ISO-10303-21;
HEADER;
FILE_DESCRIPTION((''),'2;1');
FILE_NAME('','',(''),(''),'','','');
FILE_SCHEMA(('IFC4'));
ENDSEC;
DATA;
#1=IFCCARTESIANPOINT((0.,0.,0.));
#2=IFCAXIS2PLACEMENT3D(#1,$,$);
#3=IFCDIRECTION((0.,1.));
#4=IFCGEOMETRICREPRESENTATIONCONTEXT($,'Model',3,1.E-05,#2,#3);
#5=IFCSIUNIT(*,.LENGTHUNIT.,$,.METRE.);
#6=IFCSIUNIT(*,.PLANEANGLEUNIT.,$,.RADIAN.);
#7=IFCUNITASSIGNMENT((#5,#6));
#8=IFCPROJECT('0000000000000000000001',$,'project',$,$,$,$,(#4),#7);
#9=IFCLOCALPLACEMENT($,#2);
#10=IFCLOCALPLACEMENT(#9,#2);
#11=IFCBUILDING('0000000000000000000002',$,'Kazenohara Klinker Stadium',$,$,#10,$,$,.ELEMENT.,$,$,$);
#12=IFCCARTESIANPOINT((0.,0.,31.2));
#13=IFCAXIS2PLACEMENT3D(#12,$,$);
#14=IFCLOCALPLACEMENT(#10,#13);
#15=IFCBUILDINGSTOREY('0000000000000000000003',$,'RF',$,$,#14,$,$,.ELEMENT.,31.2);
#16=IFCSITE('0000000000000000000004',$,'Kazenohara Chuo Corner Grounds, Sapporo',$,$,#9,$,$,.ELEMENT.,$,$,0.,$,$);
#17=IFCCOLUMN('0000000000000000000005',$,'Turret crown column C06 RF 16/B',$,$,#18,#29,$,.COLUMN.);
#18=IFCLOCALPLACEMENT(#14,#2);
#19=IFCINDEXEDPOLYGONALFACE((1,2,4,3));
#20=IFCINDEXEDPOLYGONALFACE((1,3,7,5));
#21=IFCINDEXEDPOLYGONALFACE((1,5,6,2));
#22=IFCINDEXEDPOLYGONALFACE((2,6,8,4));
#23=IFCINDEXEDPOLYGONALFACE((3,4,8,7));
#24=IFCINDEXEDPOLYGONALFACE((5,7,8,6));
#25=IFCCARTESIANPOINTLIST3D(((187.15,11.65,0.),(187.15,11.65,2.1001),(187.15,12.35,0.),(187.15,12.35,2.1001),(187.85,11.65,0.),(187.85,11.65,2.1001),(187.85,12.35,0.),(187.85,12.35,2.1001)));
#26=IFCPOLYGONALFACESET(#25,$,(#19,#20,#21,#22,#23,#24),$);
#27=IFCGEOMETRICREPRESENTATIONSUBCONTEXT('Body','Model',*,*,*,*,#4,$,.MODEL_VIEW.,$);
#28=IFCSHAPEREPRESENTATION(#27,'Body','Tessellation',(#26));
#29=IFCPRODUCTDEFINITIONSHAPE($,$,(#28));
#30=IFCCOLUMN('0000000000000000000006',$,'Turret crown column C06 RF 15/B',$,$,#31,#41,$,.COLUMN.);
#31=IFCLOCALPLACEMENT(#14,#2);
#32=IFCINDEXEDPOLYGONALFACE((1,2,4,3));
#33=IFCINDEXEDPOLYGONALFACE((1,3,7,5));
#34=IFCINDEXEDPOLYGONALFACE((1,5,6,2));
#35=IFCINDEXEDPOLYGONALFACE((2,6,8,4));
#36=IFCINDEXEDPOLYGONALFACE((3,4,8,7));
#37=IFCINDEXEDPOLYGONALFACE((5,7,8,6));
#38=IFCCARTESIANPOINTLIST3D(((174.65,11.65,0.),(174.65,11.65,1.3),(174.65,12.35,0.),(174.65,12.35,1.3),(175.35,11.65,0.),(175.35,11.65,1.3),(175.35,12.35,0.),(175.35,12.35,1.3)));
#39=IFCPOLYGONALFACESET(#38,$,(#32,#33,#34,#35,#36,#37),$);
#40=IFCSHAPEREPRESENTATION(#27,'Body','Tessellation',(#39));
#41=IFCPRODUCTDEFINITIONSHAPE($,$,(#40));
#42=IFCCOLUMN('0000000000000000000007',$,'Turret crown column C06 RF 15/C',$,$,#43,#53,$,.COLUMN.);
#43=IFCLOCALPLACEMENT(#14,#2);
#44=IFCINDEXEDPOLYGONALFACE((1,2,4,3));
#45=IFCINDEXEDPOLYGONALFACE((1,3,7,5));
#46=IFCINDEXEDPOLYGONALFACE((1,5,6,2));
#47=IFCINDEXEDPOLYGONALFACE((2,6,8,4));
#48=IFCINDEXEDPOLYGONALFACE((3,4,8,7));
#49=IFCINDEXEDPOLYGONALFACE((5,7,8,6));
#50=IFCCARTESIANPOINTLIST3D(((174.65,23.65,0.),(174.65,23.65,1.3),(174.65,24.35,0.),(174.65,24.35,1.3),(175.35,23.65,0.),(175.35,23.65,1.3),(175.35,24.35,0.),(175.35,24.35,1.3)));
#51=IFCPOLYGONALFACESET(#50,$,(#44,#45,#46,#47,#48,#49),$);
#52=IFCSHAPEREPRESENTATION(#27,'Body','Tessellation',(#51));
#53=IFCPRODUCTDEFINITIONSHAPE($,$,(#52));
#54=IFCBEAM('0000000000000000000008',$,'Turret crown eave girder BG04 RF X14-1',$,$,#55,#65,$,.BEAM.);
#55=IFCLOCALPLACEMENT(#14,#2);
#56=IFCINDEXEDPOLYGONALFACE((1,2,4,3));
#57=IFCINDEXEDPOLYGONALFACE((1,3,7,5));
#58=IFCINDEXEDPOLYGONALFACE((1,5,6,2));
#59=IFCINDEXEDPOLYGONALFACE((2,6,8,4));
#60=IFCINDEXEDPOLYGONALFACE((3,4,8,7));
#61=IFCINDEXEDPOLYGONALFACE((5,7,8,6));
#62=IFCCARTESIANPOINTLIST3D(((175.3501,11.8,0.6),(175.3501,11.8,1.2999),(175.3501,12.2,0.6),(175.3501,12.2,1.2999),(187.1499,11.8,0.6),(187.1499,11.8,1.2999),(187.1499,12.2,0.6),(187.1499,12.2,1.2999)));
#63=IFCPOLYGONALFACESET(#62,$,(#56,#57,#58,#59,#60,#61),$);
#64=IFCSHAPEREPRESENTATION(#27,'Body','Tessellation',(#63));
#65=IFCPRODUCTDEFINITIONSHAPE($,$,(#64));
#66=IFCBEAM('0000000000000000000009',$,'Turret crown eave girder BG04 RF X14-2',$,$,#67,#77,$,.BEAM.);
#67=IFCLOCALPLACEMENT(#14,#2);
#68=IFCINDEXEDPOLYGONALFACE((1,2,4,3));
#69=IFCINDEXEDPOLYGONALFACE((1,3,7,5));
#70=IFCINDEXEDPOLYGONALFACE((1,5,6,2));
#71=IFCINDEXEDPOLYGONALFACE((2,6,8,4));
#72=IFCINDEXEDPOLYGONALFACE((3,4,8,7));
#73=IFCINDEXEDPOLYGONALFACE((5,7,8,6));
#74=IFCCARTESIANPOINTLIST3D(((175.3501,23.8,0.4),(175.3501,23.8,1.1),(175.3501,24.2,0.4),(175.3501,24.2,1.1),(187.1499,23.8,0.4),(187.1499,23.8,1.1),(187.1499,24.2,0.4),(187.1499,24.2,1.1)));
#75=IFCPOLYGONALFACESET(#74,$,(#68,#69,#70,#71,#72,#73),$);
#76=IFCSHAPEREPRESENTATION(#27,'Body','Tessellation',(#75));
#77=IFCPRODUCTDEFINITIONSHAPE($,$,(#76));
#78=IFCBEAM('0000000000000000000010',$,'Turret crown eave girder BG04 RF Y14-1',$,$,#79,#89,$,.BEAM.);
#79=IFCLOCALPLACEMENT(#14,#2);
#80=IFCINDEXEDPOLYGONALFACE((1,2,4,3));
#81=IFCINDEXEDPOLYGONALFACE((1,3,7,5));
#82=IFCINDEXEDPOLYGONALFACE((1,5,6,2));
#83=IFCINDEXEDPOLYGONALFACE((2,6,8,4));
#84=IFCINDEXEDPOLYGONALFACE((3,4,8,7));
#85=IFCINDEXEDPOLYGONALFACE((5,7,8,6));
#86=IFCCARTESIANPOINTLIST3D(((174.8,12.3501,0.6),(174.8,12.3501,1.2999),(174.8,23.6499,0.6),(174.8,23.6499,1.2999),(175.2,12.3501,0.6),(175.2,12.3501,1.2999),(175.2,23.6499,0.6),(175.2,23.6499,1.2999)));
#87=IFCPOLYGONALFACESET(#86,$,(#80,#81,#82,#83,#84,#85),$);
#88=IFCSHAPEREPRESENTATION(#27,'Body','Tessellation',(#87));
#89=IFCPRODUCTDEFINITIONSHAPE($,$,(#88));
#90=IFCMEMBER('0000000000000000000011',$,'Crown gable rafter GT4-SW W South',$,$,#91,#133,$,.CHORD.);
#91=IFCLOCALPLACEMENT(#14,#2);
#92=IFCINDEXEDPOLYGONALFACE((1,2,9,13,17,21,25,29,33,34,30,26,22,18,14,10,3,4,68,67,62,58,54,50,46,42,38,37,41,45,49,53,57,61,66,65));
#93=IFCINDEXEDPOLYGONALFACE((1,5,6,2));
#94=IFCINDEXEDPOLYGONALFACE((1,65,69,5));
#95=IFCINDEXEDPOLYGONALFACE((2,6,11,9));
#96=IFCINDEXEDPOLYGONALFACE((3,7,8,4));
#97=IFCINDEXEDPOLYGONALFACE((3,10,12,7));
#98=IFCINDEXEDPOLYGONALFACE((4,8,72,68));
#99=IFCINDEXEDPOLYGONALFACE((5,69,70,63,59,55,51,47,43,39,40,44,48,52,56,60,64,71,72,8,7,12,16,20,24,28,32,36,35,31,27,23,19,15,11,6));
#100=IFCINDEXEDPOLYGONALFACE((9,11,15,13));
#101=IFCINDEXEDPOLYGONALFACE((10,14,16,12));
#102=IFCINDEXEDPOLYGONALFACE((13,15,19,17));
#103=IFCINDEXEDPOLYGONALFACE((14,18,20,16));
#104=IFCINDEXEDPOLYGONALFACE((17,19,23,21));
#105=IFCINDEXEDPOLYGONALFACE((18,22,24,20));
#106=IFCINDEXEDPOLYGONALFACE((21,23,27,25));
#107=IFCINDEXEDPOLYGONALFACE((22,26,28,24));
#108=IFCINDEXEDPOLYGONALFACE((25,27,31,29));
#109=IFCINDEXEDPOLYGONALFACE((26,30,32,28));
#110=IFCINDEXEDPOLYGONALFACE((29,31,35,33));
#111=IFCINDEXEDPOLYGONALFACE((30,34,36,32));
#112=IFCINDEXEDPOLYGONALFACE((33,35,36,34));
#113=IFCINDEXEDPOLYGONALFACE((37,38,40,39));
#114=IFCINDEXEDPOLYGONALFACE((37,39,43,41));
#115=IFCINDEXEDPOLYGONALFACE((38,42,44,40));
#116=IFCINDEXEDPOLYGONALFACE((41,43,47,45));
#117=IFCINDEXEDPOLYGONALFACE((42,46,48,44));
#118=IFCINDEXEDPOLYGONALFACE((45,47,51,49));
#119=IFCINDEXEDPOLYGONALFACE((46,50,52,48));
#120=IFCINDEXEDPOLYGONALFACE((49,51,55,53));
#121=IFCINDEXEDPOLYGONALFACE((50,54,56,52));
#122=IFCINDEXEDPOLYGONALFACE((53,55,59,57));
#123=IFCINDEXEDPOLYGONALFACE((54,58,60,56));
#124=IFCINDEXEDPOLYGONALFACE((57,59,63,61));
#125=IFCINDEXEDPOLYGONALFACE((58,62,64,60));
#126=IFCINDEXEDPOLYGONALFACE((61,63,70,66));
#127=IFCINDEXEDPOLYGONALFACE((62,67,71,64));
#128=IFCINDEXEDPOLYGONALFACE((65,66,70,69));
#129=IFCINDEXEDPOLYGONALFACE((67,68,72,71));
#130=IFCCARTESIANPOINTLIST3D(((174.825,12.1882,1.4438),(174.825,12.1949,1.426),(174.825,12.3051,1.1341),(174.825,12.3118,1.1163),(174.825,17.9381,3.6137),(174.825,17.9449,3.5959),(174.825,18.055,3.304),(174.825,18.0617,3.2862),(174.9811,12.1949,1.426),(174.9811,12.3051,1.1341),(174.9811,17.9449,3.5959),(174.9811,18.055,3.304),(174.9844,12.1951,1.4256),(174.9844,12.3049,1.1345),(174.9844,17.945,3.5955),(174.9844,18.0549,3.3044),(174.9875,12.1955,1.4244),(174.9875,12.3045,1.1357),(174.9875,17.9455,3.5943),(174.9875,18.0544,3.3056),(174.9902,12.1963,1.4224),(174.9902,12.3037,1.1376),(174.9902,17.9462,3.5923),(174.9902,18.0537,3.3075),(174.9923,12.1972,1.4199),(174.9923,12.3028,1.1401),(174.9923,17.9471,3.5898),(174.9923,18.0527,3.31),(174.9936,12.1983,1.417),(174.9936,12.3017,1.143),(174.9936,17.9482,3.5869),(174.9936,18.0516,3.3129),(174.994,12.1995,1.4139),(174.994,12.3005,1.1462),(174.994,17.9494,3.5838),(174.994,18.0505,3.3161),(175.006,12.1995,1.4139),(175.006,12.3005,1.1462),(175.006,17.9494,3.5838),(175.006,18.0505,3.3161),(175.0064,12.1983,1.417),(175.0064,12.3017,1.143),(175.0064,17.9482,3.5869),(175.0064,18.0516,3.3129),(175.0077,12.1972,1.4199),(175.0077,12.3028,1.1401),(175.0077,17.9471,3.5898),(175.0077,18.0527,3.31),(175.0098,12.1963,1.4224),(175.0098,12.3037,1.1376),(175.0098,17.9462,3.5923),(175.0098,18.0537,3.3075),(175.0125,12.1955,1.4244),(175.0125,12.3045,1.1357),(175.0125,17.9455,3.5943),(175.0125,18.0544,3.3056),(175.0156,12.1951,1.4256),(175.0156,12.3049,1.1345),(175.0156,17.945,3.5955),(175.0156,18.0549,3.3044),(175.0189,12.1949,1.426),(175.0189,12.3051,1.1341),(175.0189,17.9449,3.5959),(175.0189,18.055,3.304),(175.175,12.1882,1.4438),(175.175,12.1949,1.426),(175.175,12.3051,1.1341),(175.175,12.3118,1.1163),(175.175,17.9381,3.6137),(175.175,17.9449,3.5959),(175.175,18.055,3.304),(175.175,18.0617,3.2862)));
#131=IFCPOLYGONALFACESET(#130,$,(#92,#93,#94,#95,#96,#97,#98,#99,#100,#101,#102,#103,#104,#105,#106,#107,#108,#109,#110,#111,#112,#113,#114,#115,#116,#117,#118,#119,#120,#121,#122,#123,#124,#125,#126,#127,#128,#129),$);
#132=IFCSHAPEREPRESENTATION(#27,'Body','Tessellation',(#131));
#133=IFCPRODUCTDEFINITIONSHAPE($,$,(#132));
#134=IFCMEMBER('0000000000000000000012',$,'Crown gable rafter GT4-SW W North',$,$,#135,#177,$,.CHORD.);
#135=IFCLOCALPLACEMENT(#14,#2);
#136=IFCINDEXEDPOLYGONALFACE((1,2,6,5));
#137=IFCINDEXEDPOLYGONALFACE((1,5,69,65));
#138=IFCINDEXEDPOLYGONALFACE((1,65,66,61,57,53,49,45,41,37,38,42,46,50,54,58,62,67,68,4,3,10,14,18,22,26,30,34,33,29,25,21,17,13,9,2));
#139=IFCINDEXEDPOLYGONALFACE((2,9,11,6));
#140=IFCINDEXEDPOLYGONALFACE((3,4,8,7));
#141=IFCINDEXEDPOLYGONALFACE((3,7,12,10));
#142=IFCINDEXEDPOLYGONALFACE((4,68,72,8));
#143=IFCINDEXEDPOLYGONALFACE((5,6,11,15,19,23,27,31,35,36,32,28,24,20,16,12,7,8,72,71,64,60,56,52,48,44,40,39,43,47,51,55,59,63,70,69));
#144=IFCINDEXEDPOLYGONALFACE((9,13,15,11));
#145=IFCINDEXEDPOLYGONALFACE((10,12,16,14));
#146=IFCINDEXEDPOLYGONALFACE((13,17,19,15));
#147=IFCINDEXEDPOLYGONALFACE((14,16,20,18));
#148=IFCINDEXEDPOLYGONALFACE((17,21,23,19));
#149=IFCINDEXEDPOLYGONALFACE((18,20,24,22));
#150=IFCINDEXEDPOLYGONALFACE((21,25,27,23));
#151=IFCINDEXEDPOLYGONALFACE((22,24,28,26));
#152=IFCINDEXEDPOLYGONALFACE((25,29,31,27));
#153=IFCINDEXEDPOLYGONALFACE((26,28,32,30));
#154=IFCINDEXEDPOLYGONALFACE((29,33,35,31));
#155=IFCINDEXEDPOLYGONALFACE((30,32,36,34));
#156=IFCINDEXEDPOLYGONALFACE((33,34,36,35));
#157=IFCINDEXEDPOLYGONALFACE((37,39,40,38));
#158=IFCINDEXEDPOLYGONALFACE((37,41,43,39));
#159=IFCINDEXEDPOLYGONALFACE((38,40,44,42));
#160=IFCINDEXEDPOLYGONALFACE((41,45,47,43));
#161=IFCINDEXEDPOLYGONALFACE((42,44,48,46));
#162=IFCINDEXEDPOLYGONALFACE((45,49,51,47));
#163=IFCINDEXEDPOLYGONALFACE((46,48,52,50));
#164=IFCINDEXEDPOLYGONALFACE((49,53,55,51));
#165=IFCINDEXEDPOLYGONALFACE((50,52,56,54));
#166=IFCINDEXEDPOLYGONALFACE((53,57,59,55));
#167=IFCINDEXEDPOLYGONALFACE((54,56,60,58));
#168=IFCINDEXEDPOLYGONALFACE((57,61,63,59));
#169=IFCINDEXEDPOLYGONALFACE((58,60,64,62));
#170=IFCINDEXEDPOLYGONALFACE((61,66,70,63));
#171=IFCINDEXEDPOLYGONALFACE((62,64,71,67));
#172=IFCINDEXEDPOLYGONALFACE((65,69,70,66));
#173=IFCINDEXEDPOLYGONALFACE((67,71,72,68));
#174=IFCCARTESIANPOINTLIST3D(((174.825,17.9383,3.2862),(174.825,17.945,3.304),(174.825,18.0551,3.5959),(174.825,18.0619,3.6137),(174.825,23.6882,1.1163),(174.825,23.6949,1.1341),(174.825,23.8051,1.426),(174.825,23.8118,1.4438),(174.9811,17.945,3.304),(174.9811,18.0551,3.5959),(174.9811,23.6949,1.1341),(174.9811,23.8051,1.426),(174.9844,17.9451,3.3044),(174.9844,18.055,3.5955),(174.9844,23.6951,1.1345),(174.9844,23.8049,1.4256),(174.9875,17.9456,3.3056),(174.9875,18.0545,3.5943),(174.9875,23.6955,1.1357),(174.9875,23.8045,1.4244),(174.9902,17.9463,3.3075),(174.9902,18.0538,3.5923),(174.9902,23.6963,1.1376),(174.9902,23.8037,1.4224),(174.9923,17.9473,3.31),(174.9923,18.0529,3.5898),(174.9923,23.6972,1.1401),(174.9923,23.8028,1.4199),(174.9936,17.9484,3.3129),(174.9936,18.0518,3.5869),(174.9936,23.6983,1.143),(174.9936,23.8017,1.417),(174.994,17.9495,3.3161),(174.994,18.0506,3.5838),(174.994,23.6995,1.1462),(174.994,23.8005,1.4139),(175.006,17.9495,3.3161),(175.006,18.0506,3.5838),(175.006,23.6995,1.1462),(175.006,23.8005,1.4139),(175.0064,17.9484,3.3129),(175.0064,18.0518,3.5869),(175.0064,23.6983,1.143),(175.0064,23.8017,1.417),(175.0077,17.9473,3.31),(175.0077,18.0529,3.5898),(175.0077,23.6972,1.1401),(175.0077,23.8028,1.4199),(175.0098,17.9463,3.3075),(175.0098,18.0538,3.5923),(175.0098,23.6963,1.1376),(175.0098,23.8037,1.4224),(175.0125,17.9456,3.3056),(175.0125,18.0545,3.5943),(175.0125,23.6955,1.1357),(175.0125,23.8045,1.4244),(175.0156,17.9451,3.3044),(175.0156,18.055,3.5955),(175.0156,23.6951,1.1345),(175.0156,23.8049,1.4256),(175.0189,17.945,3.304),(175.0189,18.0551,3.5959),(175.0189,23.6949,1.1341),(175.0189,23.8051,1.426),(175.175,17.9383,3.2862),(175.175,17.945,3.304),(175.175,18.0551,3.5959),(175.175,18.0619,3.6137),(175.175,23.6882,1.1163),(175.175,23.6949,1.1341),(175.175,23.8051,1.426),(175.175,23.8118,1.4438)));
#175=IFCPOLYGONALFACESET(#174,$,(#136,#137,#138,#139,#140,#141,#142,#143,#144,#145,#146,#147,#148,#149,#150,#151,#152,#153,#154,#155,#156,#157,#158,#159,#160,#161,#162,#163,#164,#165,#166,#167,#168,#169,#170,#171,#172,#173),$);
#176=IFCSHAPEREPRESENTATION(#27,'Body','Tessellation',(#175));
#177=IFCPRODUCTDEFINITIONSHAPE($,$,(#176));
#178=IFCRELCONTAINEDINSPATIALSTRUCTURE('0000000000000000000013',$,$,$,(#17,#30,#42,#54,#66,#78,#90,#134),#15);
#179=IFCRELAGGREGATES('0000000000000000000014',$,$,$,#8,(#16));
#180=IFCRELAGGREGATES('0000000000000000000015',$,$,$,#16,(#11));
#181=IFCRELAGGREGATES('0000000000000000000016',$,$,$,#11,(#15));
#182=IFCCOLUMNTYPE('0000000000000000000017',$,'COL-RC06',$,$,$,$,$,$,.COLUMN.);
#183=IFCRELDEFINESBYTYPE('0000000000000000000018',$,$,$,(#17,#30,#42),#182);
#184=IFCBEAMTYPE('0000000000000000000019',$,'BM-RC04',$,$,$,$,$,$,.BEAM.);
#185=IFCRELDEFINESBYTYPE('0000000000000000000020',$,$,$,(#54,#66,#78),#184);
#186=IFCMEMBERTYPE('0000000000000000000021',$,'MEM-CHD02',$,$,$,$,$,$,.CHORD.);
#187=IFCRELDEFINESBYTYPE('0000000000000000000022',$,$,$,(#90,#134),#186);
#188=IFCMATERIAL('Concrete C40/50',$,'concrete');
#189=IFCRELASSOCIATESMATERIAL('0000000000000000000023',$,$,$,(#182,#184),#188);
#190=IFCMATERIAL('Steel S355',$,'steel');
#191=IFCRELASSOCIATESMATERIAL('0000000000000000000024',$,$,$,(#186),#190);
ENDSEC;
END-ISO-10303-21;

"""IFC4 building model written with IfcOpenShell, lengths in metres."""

from ifc_helpers import new_model, si_unit, direction, frame, origin, origin_2d, place, context, subcontext, project, spatial, rectangle, i_section, extrude, material, material_profile, profile_set, type_object, element, save


model = new_model("IFC4")

# Units and contexts
model_context = context("Model", 3, precision=1e-05, world=origin(), true_north=direction((0.0, 1.0)))
body_context = subcontext(model_context, "Body", "Model", "MODEL_VIEW")
ifc_project = project(units=[si_unit("LENGTHUNIT", "METRE"), si_unit("PLANEANGLEUNIT", "RADIAN")], contexts=[model_context])

# Site, building, storey
site_placement = place(None, origin())
site = spatial("IfcSite", under=ifc_project, at=site_placement, Name="Kazenohara Chuo Corner Grounds, Sapporo", CompositionType="ELEMENT", RefElevation=0.0)
building_placement = place(site_placement, origin())
building = spatial("IfcBuilding", under=site, at=building_placement, Name="Kazenohara Klinker Stadium", CompositionType="ELEMENT")
storey_placement = place(building_placement, frame((0.0, 0.0, 31.2)))
storey = spatial("IfcBuildingStorey", under=building, at=storey_placement, Name="RF", CompositionType="ELEMENT", Elevation=31.2)

# Columns
ifc_material_1 = material(Name="Concrete C40/50", Category="concrete")
ifc_material_profile_1 = material_profile(ifc_material_1, rectangle(XDim=0.7, YDim=0.7, at=origin_2d()), Name="RC-COL-700x700")
ifc_profile_set_1 = profile_set([ifc_material_profile_1], Name="Concrete C40/50")
column_type = type_object("IfcColumnType", Name="COL-RC06", PredefinedType="COLUMN", material=ifc_profile_set_1)
column_placement = place(storey_placement, frame((187.5, 12.0, 0.0), z_axis=(0.0, 0.0, 1.0), x_axis=(1.0, 0.0, 0.0)))
element("IfcColumn", 1, at=column_placement, inside=storey, type_object=column_type, Name="Turret crown column C06 RF 16/B", PredefinedType="COLUMN", context=body_context, shape_type="SweptSolid", body=[
    extrude(rectangle(XDim=0.7, YDim=0.7, at=origin_2d()), origin(), (0.0, 0.0, 1.0), 2.1001),
])
for number, where, z_axis, x_axis, name in (
    (2, (175.0, 12.0, 0.0), (0.0, 0.0, 1.0), (1.0, 0.0, 0.0), "Turret crown column C06 RF 15/B"),
    (3, (175.0, 24.0, 0.0), (0.0, 0.0, 1.0), (1.0, 0.0, 0.0), "Turret crown column C06 RF 15/C"),
):
    element("IfcColumn", number, at=place(storey_placement, frame(where, z_axis=z_axis, x_axis=x_axis)), inside=storey, type_object=column_type, Name=name, PredefinedType="COLUMN", context=body_context, shape_type="SweptSolid", body=[
        extrude(rectangle(XDim=0.7, YDim=0.7, at=origin_2d()), origin(), (0.0, 0.0, 1.0), 1.3),
    ])

# Beams
ifc_material_profile_2 = material_profile(ifc_material_1, rectangle(XDim=0.3999, YDim=0.7, at=origin_2d()), Name="RC-BM-400x700")
ifc_profile_set_2 = profile_set([ifc_material_profile_2], Name="Concrete C40/50")
beam_type = type_object("IfcBeamType", Name="BM-RC04", PredefinedType="BEAM", material=ifc_profile_set_2)
for number, where, z_axis, x_axis, name in (
    (4, (175.3501, 12.0, 0.95), (1.0, 0.0, 0.0), (0.0, 1.0, 0.0), "Turret crown eave girder BG04 RF X14-1"),
    (5, (175.3501, 24.0, 0.75), (1.0, 0.0, 0.0), (0.0, 1.0, 0.0), "Turret crown eave girder BG04 RF X14-2"),
):
    element("IfcBeam", number, at=place(storey_placement, frame(where, z_axis=z_axis, x_axis=x_axis)), inside=storey, type_object=beam_type, Name=name, PredefinedType="BEAM", context=body_context, shape_type="SweptSolid", body=[
        extrude(rectangle(XDim=0.3999, YDim=0.7, at=origin_2d()), origin(), (0.0, 0.0, 1.0), 11.7998),
    ])
beam_placement = place(storey_placement, frame((175.0, 12.3501, 0.95), z_axis=(0.0, 1.0, 0.0), x_axis=(-1.0, 0.0, 0.0)))
element("IfcBeam", 6, at=beam_placement, inside=storey, type_object=beam_type, Name="Turret crown eave girder BG04 RF Y14-1", PredefinedType="BEAM", context=body_context, shape_type="SweptSolid", body=[
    extrude(rectangle(XDim=0.3999, YDim=0.7, at=origin_2d()), origin(), (0.0, 0.0, 1.0), 11.2998),
])

# Members
ifc_material_2 = material(Name="Steel S355", Category="steel")
ifc_material_profile_3 = material_profile(ifc_material_2, i_section(OverallWidth=0.3501, OverallDepth=0.3501, WebThickness=0.012, FlangeThickness=0.019, FilletRadius=0.0129, at=origin_2d()), Name="H-350x350x12x19")
ifc_profile_set_3 = profile_set([ifc_material_profile_3], Name="Steel S355")
member_type_1 = type_object("IfcMemberType", Name="MEM-CHD02", PredefinedType="CHORD", material=ifc_profile_set_3)
for number, where, z_axis, x_axis, name in (
    (7, (175.0, 12.25, 1.28), (0.0, 0.935596, 0.353073), (-1.0, 0.0, 0.0), "Crown gable rafter GT4-SW W South"),
    (8, (175.0, 23.75, 1.28), (0.0, -0.935596, 0.353073), (1.0, 0.0, 0.0), "Crown gable rafter GT4-SW W North"),
):
    element("IfcMember", number, at=place(storey_placement, frame(where, z_axis=z_axis, x_axis=x_axis)), inside=storey, type_object=member_type_1, Name=name, PredefinedType="CHORD", context=body_context, shape_type="SweptSolid", body=[
        extrude(i_section(OverallWidth=0.3501, OverallDepth=0.3501, WebThickness=0.012, FlangeThickness=0.019, FilletRadius=0.0129, at=origin_2d()), origin(), (0.0, 0.0, 1.0), 6.1458),
    ])

save(model, "model.ifc")
